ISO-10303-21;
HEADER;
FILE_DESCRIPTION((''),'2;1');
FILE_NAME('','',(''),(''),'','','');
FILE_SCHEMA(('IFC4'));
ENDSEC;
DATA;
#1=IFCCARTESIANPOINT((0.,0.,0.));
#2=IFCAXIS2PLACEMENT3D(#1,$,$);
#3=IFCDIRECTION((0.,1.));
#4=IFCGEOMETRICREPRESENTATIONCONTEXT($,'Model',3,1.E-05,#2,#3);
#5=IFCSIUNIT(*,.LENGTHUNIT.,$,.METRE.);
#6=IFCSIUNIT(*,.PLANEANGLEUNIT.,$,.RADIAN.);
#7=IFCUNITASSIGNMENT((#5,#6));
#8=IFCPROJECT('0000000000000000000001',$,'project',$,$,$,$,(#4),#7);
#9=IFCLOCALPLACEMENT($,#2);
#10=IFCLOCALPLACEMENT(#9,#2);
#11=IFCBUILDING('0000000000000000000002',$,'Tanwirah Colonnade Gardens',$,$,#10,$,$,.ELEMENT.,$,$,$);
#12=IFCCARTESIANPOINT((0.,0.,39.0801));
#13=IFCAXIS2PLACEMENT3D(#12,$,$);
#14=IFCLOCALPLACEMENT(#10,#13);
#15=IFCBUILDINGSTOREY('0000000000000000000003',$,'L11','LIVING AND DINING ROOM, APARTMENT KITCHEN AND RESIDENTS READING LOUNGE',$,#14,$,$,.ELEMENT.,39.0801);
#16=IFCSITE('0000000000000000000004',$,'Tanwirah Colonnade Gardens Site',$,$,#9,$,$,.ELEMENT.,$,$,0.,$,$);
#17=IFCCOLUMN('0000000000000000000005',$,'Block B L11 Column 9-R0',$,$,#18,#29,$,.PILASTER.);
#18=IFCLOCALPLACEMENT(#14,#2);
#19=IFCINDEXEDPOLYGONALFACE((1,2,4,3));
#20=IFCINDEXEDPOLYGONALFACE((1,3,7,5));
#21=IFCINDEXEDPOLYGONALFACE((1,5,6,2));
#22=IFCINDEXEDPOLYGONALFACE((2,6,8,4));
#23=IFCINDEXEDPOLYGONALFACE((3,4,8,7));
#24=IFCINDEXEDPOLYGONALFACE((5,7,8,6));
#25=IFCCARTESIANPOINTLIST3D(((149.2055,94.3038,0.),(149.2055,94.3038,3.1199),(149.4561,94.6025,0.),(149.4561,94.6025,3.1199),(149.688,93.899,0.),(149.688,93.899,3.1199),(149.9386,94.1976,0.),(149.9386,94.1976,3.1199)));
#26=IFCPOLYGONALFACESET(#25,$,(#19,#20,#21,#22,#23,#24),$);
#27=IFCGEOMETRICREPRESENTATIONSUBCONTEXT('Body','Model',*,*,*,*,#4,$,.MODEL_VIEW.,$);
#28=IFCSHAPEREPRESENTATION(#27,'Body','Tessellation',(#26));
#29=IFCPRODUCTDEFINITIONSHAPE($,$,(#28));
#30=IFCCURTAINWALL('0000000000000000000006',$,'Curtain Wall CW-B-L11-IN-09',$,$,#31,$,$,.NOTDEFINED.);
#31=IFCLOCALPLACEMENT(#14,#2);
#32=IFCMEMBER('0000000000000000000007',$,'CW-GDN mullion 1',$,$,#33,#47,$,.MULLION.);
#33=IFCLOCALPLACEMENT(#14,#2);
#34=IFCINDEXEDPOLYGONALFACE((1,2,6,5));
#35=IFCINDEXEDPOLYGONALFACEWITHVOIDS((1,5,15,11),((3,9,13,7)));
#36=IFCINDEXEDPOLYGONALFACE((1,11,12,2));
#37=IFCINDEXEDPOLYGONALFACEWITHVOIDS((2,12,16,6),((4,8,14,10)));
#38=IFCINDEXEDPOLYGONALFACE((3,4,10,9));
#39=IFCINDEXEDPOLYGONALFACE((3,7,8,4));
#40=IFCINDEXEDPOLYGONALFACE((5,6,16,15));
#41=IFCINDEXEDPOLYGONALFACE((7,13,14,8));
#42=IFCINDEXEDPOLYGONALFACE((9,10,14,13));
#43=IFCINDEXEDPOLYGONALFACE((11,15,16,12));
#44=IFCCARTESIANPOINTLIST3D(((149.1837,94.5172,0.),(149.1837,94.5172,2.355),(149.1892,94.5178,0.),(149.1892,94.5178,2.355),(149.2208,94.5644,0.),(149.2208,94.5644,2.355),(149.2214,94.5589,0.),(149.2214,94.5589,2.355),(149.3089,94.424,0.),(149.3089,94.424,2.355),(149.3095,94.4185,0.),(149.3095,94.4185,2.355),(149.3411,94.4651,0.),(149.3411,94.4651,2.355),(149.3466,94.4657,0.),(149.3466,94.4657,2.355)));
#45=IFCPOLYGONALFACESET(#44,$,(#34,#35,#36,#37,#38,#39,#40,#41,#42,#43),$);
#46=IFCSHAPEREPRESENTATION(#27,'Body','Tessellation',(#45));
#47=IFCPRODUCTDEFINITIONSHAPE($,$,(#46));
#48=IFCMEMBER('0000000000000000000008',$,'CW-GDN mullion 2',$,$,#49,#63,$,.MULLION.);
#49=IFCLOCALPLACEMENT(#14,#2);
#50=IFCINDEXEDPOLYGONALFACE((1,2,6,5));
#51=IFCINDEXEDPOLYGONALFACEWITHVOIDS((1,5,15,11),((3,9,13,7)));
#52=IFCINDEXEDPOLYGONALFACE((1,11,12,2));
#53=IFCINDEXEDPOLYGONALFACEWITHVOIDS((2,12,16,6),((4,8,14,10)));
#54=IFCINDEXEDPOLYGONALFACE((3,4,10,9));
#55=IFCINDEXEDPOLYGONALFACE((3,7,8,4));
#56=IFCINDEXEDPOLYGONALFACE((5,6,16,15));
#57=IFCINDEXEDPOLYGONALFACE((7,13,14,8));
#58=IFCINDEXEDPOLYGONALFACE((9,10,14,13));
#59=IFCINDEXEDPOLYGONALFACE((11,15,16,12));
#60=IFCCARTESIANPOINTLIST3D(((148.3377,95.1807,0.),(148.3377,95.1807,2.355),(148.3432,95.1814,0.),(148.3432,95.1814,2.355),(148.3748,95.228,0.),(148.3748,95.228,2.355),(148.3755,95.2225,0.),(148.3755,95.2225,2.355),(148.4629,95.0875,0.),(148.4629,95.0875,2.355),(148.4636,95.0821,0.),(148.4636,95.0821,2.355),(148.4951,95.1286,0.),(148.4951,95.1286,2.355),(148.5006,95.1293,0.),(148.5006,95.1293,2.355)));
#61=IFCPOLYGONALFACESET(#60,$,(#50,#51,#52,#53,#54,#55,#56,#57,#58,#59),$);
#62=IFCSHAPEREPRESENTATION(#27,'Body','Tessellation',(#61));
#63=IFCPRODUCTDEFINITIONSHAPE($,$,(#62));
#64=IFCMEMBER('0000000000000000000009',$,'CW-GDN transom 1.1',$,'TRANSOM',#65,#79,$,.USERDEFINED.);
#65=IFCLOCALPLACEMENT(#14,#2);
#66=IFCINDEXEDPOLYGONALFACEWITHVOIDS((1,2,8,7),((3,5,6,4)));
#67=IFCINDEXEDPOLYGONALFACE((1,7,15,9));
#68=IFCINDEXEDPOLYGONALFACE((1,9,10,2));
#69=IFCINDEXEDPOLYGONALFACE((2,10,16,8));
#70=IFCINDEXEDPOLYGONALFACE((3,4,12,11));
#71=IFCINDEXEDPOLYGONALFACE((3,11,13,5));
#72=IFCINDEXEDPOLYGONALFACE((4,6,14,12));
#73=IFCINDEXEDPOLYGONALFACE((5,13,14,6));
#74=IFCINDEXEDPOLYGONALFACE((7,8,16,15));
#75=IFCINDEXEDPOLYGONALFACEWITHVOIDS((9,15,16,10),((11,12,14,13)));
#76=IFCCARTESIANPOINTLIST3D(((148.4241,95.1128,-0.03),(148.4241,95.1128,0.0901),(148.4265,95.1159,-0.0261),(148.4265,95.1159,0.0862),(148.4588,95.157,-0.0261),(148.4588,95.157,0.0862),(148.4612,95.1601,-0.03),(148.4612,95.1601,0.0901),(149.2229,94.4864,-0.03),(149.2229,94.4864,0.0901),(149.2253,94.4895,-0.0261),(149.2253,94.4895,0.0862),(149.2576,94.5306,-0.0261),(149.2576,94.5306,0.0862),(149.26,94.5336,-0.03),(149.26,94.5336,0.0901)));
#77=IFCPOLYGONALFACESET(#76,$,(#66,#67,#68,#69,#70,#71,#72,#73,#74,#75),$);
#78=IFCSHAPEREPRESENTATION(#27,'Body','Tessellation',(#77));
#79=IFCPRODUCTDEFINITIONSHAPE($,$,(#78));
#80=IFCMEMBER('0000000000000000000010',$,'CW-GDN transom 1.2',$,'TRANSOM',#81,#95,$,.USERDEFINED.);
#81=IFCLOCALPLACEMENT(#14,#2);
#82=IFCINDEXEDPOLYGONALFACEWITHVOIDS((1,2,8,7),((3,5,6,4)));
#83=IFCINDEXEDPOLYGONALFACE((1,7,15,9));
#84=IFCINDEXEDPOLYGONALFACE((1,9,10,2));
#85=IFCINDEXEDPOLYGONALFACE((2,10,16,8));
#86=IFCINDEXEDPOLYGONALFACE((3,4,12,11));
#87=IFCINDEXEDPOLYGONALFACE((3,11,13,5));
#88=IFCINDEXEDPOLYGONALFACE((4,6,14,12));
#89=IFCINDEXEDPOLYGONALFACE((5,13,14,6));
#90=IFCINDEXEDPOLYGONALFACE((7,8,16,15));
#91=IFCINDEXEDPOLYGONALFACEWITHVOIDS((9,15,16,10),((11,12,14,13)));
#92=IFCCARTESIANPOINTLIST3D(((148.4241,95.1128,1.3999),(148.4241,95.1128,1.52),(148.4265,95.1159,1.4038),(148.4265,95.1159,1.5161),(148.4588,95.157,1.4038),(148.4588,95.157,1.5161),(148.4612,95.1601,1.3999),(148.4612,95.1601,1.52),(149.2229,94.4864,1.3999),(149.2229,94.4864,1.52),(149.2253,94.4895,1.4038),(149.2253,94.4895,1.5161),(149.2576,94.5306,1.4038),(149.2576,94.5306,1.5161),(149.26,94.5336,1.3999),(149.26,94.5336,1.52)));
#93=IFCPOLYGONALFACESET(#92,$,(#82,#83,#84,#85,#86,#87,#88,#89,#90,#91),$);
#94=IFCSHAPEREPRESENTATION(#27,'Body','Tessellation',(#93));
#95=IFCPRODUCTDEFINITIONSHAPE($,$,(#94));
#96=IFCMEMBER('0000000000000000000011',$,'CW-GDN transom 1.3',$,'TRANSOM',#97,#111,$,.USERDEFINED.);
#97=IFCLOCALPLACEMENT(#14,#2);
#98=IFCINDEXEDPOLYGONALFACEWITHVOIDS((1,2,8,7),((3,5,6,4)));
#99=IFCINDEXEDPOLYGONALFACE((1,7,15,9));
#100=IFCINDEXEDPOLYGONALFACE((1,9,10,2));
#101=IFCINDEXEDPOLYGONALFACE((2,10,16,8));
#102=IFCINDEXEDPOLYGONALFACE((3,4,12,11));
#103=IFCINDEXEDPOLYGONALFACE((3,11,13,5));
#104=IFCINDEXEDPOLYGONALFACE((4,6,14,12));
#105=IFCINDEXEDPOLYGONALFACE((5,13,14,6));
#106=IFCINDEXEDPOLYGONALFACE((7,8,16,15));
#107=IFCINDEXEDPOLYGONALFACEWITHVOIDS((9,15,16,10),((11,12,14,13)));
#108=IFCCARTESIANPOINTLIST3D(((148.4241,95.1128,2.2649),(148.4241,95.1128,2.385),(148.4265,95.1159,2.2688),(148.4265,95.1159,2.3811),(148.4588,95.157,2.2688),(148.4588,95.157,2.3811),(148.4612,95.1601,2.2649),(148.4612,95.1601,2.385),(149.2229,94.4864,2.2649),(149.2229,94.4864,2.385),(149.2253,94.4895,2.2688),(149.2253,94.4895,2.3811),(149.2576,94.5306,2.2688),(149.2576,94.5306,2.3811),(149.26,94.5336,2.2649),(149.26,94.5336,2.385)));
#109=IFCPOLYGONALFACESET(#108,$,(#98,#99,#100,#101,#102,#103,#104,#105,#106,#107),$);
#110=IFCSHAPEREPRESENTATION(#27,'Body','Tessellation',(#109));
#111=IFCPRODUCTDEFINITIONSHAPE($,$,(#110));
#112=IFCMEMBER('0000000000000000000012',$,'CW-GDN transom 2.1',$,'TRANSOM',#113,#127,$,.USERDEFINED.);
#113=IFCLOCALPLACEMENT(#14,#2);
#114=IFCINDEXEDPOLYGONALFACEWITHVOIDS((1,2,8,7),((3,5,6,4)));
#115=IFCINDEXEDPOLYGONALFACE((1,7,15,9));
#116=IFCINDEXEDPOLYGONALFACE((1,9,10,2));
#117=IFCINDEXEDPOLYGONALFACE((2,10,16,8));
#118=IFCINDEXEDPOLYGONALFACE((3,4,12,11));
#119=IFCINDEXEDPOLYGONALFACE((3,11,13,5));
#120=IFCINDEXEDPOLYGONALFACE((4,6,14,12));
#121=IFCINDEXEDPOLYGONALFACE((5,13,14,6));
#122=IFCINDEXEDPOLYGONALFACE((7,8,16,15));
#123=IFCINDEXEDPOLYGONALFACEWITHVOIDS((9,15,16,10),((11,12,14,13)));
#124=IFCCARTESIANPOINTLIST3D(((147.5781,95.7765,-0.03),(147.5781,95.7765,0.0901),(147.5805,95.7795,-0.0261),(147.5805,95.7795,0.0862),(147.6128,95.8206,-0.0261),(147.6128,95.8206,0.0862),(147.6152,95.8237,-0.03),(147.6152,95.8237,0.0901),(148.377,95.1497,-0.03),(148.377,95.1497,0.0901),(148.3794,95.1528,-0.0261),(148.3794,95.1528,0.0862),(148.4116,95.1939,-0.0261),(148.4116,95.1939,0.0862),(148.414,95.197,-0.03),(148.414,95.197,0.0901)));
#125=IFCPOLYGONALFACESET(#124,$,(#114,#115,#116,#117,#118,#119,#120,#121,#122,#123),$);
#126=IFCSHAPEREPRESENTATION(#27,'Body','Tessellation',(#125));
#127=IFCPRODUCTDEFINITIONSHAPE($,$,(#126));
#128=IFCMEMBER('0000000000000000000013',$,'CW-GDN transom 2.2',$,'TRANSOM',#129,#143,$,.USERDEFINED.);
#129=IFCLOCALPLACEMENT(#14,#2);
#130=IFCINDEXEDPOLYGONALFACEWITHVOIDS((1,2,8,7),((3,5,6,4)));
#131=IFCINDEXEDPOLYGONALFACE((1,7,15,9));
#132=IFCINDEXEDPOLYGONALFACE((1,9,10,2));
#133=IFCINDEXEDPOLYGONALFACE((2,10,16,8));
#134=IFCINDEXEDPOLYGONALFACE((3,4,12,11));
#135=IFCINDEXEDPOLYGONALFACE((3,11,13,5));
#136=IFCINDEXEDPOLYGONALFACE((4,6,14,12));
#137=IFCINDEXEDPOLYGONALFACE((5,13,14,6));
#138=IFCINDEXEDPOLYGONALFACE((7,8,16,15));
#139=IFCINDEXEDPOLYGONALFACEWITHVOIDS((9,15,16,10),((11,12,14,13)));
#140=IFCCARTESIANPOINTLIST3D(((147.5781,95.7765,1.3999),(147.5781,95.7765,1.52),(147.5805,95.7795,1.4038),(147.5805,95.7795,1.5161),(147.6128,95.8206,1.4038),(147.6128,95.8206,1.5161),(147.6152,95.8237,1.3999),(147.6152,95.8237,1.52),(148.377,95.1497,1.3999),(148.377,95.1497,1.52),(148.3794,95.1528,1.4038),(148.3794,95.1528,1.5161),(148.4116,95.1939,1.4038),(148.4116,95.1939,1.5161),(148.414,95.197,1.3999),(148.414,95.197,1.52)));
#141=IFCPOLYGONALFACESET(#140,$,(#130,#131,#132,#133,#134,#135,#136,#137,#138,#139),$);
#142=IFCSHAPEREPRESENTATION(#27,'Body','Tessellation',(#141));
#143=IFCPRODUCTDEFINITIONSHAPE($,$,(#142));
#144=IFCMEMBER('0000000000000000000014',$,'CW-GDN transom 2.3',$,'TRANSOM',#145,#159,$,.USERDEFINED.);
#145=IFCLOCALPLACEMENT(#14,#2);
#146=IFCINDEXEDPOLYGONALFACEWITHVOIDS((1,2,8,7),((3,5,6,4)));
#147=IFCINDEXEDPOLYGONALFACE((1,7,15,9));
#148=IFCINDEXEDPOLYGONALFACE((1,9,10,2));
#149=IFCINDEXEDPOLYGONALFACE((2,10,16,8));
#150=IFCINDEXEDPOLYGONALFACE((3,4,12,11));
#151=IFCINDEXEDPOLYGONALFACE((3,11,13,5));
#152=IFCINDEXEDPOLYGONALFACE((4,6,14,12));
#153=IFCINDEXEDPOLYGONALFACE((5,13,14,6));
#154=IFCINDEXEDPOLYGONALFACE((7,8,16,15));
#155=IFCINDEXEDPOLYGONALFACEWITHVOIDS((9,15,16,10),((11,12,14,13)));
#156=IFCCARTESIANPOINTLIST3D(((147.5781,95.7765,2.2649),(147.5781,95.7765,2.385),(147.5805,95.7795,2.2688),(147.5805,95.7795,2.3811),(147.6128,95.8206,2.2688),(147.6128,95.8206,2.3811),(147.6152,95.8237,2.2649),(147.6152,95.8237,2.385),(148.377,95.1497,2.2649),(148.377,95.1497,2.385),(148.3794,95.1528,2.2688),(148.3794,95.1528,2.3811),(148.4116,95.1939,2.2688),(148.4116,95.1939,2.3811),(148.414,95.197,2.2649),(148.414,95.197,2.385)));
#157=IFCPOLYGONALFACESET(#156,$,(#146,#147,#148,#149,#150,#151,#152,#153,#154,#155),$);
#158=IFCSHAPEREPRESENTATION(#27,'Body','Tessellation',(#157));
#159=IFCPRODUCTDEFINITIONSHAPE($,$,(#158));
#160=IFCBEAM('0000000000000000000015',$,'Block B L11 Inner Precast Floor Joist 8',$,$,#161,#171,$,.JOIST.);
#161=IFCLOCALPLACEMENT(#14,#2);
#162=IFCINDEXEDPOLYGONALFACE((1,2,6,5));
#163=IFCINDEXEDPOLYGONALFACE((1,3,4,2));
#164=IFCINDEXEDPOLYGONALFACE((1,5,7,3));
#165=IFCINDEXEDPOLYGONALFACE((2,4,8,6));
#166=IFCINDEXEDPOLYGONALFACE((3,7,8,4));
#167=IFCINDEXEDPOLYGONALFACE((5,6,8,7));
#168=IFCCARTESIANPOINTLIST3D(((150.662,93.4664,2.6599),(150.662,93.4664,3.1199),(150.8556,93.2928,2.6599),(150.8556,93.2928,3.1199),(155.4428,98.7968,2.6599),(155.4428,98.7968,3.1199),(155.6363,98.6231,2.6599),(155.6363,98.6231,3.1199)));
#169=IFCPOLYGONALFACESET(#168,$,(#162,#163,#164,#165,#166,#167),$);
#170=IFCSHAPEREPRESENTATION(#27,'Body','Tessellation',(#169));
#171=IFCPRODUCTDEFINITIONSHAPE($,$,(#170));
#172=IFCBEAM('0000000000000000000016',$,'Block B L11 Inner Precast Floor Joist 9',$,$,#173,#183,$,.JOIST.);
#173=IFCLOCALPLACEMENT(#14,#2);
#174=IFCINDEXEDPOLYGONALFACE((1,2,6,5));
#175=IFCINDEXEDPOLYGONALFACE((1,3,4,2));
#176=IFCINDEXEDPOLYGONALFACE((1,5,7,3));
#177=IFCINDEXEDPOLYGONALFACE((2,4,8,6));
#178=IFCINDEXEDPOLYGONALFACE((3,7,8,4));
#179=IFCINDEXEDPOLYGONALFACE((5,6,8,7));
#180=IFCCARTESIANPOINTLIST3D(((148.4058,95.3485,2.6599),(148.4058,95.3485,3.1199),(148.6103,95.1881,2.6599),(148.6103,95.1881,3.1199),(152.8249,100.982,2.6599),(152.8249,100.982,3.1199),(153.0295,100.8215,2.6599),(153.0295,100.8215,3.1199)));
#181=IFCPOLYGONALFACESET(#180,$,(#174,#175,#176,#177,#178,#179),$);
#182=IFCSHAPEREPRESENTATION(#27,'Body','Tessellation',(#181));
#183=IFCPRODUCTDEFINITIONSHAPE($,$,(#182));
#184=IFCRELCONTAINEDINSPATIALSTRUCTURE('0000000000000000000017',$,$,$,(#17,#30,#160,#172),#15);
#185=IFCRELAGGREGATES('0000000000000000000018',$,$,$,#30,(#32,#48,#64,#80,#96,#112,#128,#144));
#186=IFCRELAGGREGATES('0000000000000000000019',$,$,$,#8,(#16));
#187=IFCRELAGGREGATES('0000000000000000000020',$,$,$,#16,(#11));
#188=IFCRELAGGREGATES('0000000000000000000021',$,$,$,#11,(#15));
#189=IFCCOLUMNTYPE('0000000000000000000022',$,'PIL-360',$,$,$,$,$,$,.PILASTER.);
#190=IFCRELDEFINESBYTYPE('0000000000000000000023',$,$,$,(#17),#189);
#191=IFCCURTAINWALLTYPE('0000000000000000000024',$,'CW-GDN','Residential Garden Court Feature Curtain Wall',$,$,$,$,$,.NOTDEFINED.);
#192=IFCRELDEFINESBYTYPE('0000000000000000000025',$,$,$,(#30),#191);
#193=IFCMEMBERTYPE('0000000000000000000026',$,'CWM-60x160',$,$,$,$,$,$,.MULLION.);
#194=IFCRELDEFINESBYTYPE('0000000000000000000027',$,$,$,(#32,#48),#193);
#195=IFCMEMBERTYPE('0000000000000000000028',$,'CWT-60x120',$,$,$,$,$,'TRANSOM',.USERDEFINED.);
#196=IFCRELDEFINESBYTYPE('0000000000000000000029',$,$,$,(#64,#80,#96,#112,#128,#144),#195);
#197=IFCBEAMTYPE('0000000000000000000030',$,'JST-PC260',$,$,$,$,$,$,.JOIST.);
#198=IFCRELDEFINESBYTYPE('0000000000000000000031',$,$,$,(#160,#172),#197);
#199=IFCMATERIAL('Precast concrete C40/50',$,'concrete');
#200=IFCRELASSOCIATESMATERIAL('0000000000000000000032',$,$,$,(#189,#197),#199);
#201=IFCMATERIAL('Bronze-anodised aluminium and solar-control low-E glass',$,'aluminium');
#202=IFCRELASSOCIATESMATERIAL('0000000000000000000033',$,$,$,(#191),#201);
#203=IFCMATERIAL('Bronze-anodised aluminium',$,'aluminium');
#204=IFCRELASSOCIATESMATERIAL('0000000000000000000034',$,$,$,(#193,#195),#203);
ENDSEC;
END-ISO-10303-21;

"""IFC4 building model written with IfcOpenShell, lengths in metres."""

from ifc_helpers import new_model, si_unit, direction, frame, origin, origin_2d, place, context, subcontext, project, spatial, rectangle, hollow_rectangle, extrude, material, material_profile, profile_set, type_object, element, aggregate, save


model = new_model("IFC4")

# Units and contexts
model_context = context("Model", 3, precision=1e-05, world=origin(), true_north=direction((0.0, 1.0)))
body_context = subcontext(model_context, "Body", "Model", "MODEL_VIEW")
ifc_project = project(units=[si_unit("LENGTHUNIT", "METRE"), si_unit("PLANEANGLEUNIT", "RADIAN")], contexts=[model_context])

# Site, building, storey
site_placement = place(None, origin())
site = spatial("IfcSite", under=ifc_project, at=site_placement, Name="Tanwirah Colonnade Gardens Site", CompositionType="ELEMENT", RefElevation=0.0)
building_placement = place(site_placement, origin())
building = spatial("IfcBuilding", under=site, at=building_placement, Name="Tanwirah Colonnade Gardens", CompositionType="ELEMENT")
storey_placement = place(building_placement, frame((0.0, 0.0, 39.0801)))
storey = spatial("IfcBuildingStorey", under=building, at=storey_placement, Name="L11", Description="LIVING AND DINING ROOM, APARTMENT KITCHEN AND RESIDENTS READING LOUNGE", CompositionType="ELEMENT", Elevation=39.0801)

# Column
ifc_material_1 = material(Name="Precast concrete C40/50", Category="concrete")
ifc_material_profile_1 = material_profile(ifc_material_1, rectangle(XDim=0.3899, YDim=0.6299, at=origin_2d()), Name="PC-PIL 390x630")
ifc_profile_set_1 = profile_set([ifc_material_profile_1], Name="Precast concrete C40/50")
column_type = type_object("IfcColumnType", Name="PIL-360", PredefinedType="PILASTER", material=ifc_profile_set_1)
column_placement = place(storey_placement, frame((149.572, 94.2507, 0.0), z_axis=(0.0, 0.0, 1.0), x_axis=(0.642788, 0.766044, 0.0)))
element("IfcColumn", 1, at=column_placement, inside=storey, type_object=column_type, Name="Block B L11 Column 9-R0", PredefinedType="PILASTER", context=body_context, shape_type="SweptSolid", body=[
    extrude(rectangle(XDim=0.3899, YDim=0.6299, at=origin_2d()), origin(), (0.0, 0.0, 1.0), 3.1199),
])

# Curtain wall, members
ifc_material_2 = material(Name="Bronze-anodised aluminium and solar-control low-E glass", Category="aluminium")
curtain_wall_type = type_object("IfcCurtainWallType", Name="CW-GDN", Description="Residential Garden Court Feature Curtain Wall", PredefinedType="NOTDEFINED", material=ifc_material_2)
curtain_wall_placement = place(storey_placement, origin())
curtain_wall = element("IfcCurtainWall", 2, at=curtain_wall_placement, inside=storey, type_object=curtain_wall_type, Name="Curtain Wall CW-B-L11-IN-09", PredefinedType="NOTDEFINED")
ifc_material_3 = material(Name="Bronze-anodised aluminium", Category="aluminium")
ifc_material_profile_2 = material_profile(ifc_material_3, hollow_rectangle(XDim=0.0601, YDim=0.1599, WallThickness=0.0039, at=origin_2d()), Name="CW-MUL 60x160x4")
ifc_profile_set_2 = profile_set([ifc_material_profile_2], Name="Bronze-anodised aluminium")
member_type_1 = type_object("IfcMemberType", Name="CWM-60x160", PredefinedType="MULLION", material=ifc_profile_set_2)
member_1_placement = place(storey_placement, frame((149.2651, 94.4915, 0.0), z_axis=(0.0, 0.0, 1.0), x_axis=(-0.617189, -0.786815, 0.0)))
member_1 = element("IfcMember", 3, at=member_1_placement, type_object=member_type_1, Name="CW-GDN mullion 1", PredefinedType="MULLION", context=body_context, shape_type="SweptSolid", body=[
    extrude(hollow_rectangle(XDim=0.0601, YDim=0.1599, WallThickness=0.0039, at=origin_2d()), origin(), (0.0, 0.0, 1.0), 2.355),
])
member_2_placement = place(storey_placement, frame((148.4192, 95.155, 0.0), z_axis=(0.0, 0.0, 1.0), x_axis=(-0.617189, -0.786815, 0.0)))
member_2 = element("IfcMember", 4, at=member_2_placement, type_object=member_type_1, Name="CW-GDN mullion 2", PredefinedType="MULLION", context=body_context, shape_type="SweptSolid", body=[
    extrude(hollow_rectangle(XDim=0.0601, YDim=0.1599, WallThickness=0.0039, at=origin_2d()), origin(), (0.0, 0.0, 1.0), 2.355),
])
ifc_material_profile_3 = material_profile(ifc_material_3, hollow_rectangle(XDim=0.0601, YDim=0.1201, WallThickness=0.0039, at=origin_2d()), Name="CW-TRN 60x120x4")
ifc_profile_set_3 = profile_set([ifc_material_profile_3], Name="Bronze-anodised aluminium")
member_type_2 = type_object("IfcMemberType", Name="CWT-60x120", ElementType="TRANSOM", PredefinedType="USERDEFINED", material=ifc_profile_set_3)
member_3_placement = place(storey_placement, frame((149.2415, 94.51, 0.03), z_axis=(-0.786885, 0.617099, 0.0), x_axis=(-0.617099, -0.786885, 0.0)))
member_3 = element("IfcMember", 5, at=member_3_placement, type_object=member_type_2, Name="CW-GDN transom 1.1", ObjectType="TRANSOM", PredefinedType="USERDEFINED", context=body_context, shape_type="SweptSolid", body=[
    extrude(hollow_rectangle(XDim=0.0601, YDim=0.1201, WallThickness=0.0039, at=origin_2d()), origin(), (0.0, 0.0, 1.0), 1.0151),
])
member_4_placement = place(storey_placement, frame((149.2415, 94.51, 1.46), z_axis=(-0.786885, 0.617099, 0.0), x_axis=(-0.617099, -0.786885, 0.0)))
member_4 = element("IfcMember", 6, at=member_4_placement, type_object=member_type_2, Name="CW-GDN transom 1.2", ObjectType="TRANSOM", PredefinedType="USERDEFINED", context=body_context, shape_type="SweptSolid", body=[
    extrude(hollow_rectangle(XDim=0.0601, YDim=0.1201, WallThickness=0.0039, at=origin_2d()), origin(), (0.0, 0.0, 1.0), 1.0151),
])
member_5_placement = place(storey_placement, frame((149.2415, 94.51, 2.325), z_axis=(-0.786885, 0.617099, 0.0), x_axis=(-0.617099, -0.786885, 0.0)))
member_5 = element("IfcMember", 7, at=member_5_placement, type_object=member_type_2, Name="CW-GDN transom 1.3", ObjectType="TRANSOM", PredefinedType="USERDEFINED", context=body_context, shape_type="SweptSolid", body=[
    extrude(hollow_rectangle(XDim=0.0601, YDim=0.1201, WallThickness=0.0039, at=origin_2d()), origin(), (0.0, 0.0, 1.0), 1.0151),
])
member_6_placement = place(storey_placement, frame((148.3955, 95.1733, 0.03), z_axis=(-0.786769, 0.617248, 0.0), x_axis=(-0.617248, -0.786769, 0.0)))
member_6 = element("IfcMember", 8, at=member_6_placement, type_object=member_type_2, Name="CW-GDN transom 2.1", ObjectType="TRANSOM", PredefinedType="USERDEFINED", context=body_context, shape_type="SweptSolid", body=[
    extrude(hollow_rectangle(XDim=0.0601, YDim=0.1201, WallThickness=0.0039, at=origin_2d()), origin(), (0.0, 0.0, 1.0), 1.0154),
])
member_7_placement = place(storey_placement, frame((148.3955, 95.1733, 1.46), z_axis=(-0.786769, 0.617248, 0.0), x_axis=(-0.617248, -0.786769, 0.0)))
member_7 = element("IfcMember", 9, at=member_7_placement, type_object=member_type_2, Name="CW-GDN transom 2.2", ObjectType="TRANSOM", PredefinedType="USERDEFINED", context=body_context, shape_type="SweptSolid", body=[
    extrude(hollow_rectangle(XDim=0.0601, YDim=0.1201, WallThickness=0.0039, at=origin_2d()), origin(), (0.0, 0.0, 1.0), 1.0154),
])
member_8_placement = place(storey_placement, frame((148.3955, 95.1733, 2.325), z_axis=(-0.786769, 0.617248, 0.0), x_axis=(-0.617248, -0.786769, 0.0)))
member_8 = element("IfcMember", 10, at=member_8_placement, type_object=member_type_2, Name="CW-GDN transom 2.3", ObjectType="TRANSOM", PredefinedType="USERDEFINED", context=body_context, shape_type="SweptSolid", body=[
    extrude(hollow_rectangle(XDim=0.0601, YDim=0.1201, WallThickness=0.0039, at=origin_2d()), origin(), (0.0, 0.0, 1.0), 1.0154),
])

# Beams
ifc_material_profile_4 = material_profile(ifc_material_1, rectangle(XDim=0.26, YDim=0.46, at=origin_2d()), Name="PC-JST 260x460")
ifc_profile_set_4 = profile_set([ifc_material_profile_4], Name="Precast concrete C40/50")
beam_type_1 = type_object("IfcBeamType", Name="JST-PC260", PredefinedType="JOIST", material=ifc_profile_set_4)
beam_1_placement = place(storey_placement, frame((150.7588, 93.3796, 2.8899), z_axis=(0.667688, 0.744441, 0.0), x_axis=(-0.744441, 0.667688, 0.0)))
element("IfcBeam", 11, at=beam_1_placement, inside=storey, type_object=beam_type_1, Name="Block B L11 Inner Precast Floor Joist 8", PredefinedType="JOIST", context=body_context, shape_type="SweptSolid", body=[
    extrude(rectangle(XDim=0.26, YDim=0.46, at=origin_2d()), origin(), (0.0, 0.0, 1.0), 7.1602),
])
beam_2_placement = place(storey_placement, frame((148.5081, 95.2683, 2.8899), z_axis=(0.617202, 0.786804, 0.0), x_axis=(-0.786804, 0.617202, 0.0)))
element("IfcBeam", 12, at=beam_2_placement, inside=storey, type_object=beam_type_1, Name="Block B L11 Inner Precast Floor Joist 9", PredefinedType="JOIST", context=body_context, shape_type="SweptSolid", body=[
    extrude(rectangle(XDim=0.26, YDim=0.46, at=origin_2d()), origin(), (0.0, 0.0, 1.0), 7.1599),
])

aggregate(curtain_wall, [member_1, member_2, member_3, member_4, member_5, member_6, member_7, member_8])

save(model, "model.ifc")
